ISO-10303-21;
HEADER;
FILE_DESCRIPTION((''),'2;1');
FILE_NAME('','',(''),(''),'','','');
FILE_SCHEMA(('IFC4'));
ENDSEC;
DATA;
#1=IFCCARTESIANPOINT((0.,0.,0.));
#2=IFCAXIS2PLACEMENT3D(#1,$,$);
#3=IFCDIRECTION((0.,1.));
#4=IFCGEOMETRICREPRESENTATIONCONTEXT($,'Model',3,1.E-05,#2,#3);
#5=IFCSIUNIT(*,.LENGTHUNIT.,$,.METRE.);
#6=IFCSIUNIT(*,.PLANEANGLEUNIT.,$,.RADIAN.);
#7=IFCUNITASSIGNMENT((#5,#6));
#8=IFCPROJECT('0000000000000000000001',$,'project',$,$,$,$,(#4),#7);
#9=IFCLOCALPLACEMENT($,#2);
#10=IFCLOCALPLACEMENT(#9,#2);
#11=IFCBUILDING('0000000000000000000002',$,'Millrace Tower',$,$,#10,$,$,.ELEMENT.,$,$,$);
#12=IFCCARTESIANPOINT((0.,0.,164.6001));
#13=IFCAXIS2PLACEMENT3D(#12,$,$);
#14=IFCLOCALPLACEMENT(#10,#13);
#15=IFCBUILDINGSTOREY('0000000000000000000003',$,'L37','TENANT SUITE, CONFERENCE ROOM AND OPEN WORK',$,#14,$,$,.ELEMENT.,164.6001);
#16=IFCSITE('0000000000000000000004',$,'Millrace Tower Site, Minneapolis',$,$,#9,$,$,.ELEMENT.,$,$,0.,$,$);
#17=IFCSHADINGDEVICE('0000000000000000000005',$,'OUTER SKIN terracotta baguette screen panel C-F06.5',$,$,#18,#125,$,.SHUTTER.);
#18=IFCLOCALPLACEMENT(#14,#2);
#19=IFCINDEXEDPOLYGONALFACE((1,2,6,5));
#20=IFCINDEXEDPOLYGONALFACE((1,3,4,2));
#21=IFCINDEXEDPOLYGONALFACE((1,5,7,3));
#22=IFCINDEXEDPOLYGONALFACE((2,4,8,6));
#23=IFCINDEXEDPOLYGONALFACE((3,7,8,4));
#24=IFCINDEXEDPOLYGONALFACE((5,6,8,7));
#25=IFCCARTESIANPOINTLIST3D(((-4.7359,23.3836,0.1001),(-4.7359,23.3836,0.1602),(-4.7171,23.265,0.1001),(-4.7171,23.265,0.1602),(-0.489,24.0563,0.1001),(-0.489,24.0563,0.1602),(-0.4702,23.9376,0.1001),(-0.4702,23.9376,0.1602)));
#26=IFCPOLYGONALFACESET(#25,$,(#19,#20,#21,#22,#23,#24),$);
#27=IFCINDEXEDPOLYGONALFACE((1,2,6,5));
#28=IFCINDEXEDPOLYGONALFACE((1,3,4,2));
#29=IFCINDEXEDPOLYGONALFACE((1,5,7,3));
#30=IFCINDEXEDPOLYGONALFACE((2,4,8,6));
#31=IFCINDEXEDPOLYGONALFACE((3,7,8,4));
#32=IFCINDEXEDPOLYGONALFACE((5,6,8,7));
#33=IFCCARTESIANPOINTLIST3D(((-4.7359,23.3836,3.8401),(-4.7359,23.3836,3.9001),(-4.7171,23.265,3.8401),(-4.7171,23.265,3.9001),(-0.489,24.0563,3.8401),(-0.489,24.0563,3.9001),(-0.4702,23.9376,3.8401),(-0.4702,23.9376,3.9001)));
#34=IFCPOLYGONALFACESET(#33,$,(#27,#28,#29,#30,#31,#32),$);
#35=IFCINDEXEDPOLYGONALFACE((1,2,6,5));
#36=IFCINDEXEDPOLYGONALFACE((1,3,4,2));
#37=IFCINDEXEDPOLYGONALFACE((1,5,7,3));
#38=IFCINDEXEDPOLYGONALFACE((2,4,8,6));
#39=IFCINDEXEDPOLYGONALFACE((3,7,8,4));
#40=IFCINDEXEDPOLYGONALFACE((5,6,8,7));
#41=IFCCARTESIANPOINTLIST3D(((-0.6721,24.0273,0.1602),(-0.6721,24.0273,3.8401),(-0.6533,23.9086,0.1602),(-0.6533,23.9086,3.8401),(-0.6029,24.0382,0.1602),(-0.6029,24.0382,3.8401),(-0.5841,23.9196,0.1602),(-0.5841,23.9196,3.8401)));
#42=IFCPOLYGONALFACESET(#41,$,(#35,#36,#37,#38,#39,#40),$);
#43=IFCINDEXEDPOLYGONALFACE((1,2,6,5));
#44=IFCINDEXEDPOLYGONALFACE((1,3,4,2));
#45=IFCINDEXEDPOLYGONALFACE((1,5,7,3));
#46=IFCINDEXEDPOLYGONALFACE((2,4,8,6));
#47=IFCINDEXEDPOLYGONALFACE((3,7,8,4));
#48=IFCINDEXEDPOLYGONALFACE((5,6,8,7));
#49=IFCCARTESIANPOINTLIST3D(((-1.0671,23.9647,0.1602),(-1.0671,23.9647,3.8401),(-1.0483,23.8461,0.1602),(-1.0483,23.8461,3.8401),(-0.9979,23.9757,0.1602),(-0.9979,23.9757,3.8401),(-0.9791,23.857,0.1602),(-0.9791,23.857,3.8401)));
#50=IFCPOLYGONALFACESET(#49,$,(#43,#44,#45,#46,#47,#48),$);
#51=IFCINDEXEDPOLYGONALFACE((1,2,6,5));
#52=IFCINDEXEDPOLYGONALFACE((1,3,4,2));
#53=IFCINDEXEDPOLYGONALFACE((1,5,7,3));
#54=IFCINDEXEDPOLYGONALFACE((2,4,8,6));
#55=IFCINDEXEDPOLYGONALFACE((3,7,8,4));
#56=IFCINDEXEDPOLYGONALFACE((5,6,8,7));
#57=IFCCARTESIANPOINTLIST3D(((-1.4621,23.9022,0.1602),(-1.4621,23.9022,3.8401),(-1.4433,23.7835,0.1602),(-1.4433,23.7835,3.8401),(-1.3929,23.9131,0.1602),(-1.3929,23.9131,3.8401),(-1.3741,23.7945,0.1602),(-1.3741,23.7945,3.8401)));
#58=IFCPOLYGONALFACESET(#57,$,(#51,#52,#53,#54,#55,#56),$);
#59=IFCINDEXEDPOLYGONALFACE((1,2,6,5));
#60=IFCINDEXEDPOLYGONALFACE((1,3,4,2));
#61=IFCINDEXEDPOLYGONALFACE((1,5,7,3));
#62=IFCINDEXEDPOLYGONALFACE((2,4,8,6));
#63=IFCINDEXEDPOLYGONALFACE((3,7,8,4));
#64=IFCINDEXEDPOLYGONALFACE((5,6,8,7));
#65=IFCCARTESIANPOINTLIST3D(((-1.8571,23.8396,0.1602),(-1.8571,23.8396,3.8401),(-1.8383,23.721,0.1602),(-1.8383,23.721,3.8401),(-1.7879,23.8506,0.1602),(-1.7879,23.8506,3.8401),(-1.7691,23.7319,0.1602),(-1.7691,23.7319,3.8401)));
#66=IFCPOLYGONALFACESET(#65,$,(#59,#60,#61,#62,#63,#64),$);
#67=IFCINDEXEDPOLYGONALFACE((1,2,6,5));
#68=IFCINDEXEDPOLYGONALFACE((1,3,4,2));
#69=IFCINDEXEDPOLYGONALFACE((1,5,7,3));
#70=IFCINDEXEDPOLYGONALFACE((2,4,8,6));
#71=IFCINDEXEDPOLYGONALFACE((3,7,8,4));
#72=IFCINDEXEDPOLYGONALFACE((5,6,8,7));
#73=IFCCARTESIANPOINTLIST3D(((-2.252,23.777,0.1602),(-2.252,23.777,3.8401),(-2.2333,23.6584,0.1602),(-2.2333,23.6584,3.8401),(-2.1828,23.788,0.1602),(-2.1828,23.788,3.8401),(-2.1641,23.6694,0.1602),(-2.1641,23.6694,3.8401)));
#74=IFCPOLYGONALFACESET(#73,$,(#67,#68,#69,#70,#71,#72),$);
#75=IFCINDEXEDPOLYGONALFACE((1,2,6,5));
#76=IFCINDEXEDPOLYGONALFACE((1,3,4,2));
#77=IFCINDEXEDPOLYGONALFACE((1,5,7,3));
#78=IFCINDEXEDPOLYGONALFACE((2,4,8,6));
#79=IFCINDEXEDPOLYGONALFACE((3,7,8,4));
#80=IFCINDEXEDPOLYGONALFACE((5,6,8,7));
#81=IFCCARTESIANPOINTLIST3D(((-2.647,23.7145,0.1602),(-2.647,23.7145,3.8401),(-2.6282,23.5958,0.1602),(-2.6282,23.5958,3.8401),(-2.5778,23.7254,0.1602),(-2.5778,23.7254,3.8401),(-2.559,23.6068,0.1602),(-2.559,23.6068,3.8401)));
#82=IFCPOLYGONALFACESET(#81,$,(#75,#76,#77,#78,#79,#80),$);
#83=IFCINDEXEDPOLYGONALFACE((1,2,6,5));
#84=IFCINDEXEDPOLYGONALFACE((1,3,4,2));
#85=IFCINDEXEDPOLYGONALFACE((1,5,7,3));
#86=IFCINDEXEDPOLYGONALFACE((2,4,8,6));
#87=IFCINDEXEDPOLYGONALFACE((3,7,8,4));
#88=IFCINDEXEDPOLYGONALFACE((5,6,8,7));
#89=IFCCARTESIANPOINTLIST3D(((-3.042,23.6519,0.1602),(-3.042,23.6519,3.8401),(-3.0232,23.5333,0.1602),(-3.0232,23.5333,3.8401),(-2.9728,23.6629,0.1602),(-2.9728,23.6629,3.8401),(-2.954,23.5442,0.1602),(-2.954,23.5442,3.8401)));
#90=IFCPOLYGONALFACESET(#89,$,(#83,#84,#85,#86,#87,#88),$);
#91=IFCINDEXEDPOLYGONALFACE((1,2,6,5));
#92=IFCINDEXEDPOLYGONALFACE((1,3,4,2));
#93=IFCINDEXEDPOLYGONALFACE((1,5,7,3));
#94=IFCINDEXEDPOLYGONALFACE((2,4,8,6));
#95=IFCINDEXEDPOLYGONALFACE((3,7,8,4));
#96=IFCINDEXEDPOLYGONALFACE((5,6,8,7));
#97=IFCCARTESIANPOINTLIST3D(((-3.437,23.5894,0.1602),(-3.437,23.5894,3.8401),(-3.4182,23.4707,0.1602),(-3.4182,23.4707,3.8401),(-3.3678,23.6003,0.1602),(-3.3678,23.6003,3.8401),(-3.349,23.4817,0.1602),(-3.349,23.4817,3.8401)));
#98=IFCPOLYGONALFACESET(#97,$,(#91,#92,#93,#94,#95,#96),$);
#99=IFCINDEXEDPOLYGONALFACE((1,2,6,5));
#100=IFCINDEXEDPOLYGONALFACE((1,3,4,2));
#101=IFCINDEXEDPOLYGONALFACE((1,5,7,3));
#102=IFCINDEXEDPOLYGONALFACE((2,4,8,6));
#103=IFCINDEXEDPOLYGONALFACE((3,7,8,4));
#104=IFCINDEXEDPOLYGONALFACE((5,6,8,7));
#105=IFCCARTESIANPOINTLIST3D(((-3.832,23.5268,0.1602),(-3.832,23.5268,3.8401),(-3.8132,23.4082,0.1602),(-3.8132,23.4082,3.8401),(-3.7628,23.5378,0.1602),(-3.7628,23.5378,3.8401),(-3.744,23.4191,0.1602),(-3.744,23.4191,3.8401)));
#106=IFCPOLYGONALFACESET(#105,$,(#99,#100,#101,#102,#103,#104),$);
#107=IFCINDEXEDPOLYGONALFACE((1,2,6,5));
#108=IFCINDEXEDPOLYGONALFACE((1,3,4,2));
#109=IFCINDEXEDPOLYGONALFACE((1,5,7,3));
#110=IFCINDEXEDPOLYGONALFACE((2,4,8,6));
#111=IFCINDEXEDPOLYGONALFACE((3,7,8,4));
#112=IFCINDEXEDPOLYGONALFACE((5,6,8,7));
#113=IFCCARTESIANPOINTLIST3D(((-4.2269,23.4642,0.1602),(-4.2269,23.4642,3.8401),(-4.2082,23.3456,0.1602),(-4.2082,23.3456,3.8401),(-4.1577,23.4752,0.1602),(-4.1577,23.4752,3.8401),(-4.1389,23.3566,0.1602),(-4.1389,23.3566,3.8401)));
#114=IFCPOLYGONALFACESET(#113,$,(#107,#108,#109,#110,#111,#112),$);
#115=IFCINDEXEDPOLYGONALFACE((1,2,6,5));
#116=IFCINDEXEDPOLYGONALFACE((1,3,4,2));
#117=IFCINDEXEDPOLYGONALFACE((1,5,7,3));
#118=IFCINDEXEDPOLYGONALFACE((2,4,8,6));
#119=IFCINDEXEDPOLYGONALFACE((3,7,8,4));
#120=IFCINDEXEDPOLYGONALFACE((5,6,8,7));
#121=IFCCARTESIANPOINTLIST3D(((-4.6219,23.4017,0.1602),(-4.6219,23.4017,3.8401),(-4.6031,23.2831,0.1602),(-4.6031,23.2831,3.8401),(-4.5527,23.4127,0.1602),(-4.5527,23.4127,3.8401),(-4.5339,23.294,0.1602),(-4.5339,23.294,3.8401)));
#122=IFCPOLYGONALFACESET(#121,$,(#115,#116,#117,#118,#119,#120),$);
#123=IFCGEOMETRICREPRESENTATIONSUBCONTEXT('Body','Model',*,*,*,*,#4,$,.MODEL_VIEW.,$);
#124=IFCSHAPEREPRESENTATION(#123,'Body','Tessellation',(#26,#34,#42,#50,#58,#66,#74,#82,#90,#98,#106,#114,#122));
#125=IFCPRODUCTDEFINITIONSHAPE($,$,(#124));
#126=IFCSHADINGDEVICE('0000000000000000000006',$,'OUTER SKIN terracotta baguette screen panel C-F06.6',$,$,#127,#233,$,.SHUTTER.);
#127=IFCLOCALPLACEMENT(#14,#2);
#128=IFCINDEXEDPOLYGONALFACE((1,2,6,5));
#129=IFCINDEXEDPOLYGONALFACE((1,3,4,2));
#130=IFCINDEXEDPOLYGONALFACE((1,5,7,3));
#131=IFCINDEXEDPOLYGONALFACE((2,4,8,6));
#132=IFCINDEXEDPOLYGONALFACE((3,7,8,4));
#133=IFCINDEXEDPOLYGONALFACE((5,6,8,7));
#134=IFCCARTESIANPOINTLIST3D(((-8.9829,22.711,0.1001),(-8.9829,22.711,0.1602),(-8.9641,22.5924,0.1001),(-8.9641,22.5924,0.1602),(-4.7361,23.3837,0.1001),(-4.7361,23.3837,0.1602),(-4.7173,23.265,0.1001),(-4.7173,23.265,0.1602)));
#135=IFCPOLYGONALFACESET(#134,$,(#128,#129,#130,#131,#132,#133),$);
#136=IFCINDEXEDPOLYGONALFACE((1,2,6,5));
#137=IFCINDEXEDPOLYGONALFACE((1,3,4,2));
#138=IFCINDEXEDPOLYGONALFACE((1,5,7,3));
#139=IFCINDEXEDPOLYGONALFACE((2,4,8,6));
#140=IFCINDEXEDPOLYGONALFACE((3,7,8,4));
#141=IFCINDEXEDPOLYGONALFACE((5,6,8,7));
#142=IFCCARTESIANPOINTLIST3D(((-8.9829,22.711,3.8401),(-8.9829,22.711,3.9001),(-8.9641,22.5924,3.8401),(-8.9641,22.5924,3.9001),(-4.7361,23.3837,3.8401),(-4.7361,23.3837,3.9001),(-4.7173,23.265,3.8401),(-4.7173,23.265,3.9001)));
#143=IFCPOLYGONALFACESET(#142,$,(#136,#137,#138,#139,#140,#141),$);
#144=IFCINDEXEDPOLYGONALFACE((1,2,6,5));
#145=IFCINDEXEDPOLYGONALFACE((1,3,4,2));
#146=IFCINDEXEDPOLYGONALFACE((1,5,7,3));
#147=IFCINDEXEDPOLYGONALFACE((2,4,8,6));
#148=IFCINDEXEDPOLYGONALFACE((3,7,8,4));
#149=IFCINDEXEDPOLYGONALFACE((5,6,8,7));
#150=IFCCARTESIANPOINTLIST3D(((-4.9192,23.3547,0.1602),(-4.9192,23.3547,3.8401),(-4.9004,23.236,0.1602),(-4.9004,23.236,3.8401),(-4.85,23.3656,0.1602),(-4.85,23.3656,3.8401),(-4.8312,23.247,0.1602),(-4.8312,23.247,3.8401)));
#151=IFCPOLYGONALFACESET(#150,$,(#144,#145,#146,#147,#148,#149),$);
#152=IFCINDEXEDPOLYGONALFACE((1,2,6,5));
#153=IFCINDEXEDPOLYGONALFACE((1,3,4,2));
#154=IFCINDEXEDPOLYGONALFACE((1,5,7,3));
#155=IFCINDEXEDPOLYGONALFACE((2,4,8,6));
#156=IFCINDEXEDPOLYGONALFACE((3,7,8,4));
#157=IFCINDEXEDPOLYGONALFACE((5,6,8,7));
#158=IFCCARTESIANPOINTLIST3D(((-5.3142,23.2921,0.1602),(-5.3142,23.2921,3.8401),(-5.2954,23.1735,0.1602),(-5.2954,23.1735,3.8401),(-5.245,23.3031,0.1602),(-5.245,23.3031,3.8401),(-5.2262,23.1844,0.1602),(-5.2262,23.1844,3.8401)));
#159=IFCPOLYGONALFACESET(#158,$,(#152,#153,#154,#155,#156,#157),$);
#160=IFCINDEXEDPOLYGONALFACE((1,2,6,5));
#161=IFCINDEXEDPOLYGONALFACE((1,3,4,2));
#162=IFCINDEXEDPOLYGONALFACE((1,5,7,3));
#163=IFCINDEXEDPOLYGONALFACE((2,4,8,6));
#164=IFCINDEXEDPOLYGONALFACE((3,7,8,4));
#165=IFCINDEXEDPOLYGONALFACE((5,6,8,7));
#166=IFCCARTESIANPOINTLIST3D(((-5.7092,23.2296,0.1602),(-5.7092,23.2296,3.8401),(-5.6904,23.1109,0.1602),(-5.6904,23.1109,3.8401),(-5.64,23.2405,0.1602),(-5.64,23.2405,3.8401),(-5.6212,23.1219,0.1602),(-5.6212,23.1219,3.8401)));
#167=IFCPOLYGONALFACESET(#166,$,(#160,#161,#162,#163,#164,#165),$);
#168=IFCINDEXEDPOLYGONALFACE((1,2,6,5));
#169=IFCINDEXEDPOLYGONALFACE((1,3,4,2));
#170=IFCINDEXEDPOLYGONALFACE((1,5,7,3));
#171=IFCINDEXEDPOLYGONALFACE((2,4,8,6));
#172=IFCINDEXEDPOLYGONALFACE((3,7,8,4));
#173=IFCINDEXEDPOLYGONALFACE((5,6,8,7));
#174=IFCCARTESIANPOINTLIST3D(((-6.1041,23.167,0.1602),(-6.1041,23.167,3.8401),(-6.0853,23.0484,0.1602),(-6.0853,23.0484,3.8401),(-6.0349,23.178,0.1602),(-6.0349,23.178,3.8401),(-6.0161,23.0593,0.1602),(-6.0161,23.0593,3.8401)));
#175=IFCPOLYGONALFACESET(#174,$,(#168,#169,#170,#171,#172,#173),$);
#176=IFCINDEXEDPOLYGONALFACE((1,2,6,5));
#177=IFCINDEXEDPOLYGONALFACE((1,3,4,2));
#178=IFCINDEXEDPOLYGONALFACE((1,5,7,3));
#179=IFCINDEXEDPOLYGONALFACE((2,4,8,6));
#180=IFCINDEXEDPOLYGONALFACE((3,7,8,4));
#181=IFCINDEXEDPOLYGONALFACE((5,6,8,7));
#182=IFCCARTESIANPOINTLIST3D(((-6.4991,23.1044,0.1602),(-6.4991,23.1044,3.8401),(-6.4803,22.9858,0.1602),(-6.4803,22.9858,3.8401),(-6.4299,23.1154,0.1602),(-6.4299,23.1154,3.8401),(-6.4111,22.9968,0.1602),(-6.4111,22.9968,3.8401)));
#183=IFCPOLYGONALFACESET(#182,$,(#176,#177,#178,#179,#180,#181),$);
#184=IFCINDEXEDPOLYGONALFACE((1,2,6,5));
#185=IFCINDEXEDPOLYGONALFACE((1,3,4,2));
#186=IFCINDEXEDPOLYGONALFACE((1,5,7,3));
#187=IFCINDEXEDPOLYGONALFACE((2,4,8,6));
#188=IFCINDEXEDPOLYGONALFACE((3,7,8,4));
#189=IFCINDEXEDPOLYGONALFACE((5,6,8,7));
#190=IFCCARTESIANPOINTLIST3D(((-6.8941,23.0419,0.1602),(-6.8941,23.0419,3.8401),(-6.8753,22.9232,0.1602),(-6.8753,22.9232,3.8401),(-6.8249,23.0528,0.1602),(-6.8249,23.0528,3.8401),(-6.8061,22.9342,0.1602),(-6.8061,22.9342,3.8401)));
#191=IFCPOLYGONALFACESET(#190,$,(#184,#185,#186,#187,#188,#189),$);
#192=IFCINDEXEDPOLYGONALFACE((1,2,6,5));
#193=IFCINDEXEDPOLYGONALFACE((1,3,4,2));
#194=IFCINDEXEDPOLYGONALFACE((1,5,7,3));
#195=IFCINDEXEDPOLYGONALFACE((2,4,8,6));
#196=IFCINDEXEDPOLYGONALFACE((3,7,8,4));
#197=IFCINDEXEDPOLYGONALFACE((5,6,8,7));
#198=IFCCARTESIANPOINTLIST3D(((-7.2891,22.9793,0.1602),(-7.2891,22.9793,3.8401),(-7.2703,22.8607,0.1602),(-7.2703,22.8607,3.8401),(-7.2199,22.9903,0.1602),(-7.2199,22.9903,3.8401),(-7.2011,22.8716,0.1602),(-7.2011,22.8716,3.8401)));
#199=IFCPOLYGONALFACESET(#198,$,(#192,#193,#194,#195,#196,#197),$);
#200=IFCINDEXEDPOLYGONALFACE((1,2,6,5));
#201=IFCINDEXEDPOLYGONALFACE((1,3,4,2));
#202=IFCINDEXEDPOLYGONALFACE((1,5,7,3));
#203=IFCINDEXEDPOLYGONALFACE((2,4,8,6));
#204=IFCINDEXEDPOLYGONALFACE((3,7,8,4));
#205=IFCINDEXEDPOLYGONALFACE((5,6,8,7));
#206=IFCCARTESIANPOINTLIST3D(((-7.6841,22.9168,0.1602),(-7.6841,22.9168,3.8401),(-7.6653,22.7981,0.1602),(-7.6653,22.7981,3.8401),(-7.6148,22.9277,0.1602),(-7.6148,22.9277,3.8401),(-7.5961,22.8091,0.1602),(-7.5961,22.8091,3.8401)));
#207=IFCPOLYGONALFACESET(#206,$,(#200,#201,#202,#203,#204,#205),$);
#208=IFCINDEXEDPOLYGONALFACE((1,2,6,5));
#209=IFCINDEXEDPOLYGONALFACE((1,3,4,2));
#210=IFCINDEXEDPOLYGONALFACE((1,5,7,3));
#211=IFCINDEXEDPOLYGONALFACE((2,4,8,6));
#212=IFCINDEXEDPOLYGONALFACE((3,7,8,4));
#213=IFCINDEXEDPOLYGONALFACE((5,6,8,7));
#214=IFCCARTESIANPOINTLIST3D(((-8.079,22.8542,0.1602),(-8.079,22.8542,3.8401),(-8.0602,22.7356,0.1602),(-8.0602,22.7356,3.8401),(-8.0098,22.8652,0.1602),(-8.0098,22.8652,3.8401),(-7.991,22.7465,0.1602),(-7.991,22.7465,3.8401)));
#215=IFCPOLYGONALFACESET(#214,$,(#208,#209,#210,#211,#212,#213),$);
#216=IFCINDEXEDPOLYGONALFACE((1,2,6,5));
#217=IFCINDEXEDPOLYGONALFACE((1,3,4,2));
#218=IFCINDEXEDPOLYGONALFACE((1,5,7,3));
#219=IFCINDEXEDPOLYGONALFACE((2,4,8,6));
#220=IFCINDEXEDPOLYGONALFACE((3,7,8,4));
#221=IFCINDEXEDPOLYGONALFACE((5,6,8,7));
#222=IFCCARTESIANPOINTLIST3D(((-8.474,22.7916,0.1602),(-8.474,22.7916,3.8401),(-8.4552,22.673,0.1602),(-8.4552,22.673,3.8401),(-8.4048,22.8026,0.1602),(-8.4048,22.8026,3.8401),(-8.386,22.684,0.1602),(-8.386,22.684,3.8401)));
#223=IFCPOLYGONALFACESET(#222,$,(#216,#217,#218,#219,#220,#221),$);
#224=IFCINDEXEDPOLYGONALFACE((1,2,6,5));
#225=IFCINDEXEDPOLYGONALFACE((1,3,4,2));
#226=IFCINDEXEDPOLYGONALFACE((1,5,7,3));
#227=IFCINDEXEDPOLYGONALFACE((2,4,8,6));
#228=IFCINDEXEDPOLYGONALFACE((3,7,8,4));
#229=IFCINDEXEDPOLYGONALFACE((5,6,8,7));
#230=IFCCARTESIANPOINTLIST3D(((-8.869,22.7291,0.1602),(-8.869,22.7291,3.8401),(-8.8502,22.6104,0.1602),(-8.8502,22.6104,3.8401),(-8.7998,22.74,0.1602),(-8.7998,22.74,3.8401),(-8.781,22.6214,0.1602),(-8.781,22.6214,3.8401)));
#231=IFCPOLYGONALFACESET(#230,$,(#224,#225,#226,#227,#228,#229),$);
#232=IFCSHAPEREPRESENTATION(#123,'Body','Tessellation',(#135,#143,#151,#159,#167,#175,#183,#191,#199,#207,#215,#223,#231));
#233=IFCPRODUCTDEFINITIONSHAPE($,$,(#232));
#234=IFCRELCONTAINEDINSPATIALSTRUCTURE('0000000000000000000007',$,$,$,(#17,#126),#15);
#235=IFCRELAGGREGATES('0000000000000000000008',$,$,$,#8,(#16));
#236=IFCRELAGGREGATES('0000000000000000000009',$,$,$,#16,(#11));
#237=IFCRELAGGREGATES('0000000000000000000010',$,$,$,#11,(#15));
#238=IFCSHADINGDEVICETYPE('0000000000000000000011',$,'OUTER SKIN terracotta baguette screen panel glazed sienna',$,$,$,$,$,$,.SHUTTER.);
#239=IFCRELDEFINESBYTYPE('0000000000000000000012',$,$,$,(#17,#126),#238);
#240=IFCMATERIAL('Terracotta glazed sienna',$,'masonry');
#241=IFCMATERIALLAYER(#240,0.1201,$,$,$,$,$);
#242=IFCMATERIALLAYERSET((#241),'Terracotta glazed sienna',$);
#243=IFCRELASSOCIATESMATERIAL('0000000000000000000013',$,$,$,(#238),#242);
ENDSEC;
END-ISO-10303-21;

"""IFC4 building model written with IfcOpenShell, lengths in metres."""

from ifc_helpers import new_model, entity, si_unit, direction, frame, frame_2d, origin, origin_2d, place, context, subcontext, project, spatial, rectangle, extrude, source, transform, mapped, material, layer, layer_set, type_object, element, save


model = new_model("IFC4")

# Units and contexts
model_context = context("Model", 3, precision=1e-05, world=origin(), true_north=direction((0.0, 1.0)))
body_context = subcontext(model_context, "Body", "Model", "MODEL_VIEW")
ifc_project = project(units=[si_unit("LENGTHUNIT", "METRE"), si_unit("PLANEANGLEUNIT", "RADIAN")], contexts=[model_context])

# Site, building, storey
site_placement = place(None, origin())
site = spatial("IfcSite", under=ifc_project, at=site_placement, Name="Millrace Tower Site, Minneapolis", CompositionType="ELEMENT", RefElevation=0.0)
building_placement = place(site_placement, origin())
building = spatial("IfcBuilding", under=site, at=building_placement, Name="Millrace Tower", CompositionType="ELEMENT")
storey_placement = place(building_placement, frame((0.0, 0.0, 164.6001)))
storey = spatial("IfcBuildingStorey", under=building, at=storey_placement, Name="L37", Description="TENANT SUITE, CONFERENCE ROOM AND OPEN WORK", CompositionType="ELEMENT", Elevation=164.6001)

# Shading devices
ifc_material_1 = material(Name="Terracotta glazed sienna", Category="masonry")
ifc_layer_1 = layer(ifc_material_1, 0.1201)
ifc_layer_set_1 = layer_set([ifc_layer_1], Name="Terracotta glazed sienna")
shading_device_type = type_object("IfcShadingDeviceType", Name="OUTER SKIN terracotta baguette screen panel glazed sienna", PredefinedType="SHUTTER", material=ifc_layer_set_1)
cartesian_point = entity("IfcCartesianPoint", [-2.1499, 0.0601])
shared_polyline = entity("IfcPolyline", [cartesian_point, entity("IfcCartesianPoint", [2.1499, 0.0601]), entity("IfcCartesianPoint", [2.1499, -0.0601]), entity("IfcCartesianPoint", [-2.1499, -0.0601]), cartesian_point])
shared_shape = source(origin(), body_context, "Body", "SweptSolid", [
    entity("IfcExtrudedAreaSolid", entity("IfcArbitraryClosedProfileDef", "AREA", None, shared_polyline), entity("IfcAxis2Placement3D", entity("IfcCartesianPoint", [0.0, 0.0, 0.0])), entity("IfcDirection", [0.0, 0.0, 1.0]), 0.0601),
    entity("IfcExtrudedAreaSolid", entity("IfcArbitraryClosedProfileDef", "AREA", None, shared_polyline), entity("IfcAxis2Placement3D", entity("IfcCartesianPoint", [0.0, 0.0, 3.74])), entity("IfcDirection", [0.0, 0.0, 1.0]), 0.0601),
    extrude(rectangle(XDim=0.0701, YDim=0.1201, at=frame_2d((-1.9995, 0.0))), frame((0.0, 0.0, 0.0601)), (0.0, 0.0, 1.0), 3.6799),
    extrude(rectangle(XDim=0.0701, YDim=0.1201, at=frame_2d((-1.5996, 0.0))), frame((0.0, 0.0, 0.0601)), (0.0, 0.0, 1.0), 3.6799),
    extrude(rectangle(XDim=0.0701, YDim=0.1201, at=frame_2d((-1.1997, 0.0))), frame((0.0, 0.0, 0.0601)), (0.0, 0.0, 1.0), 3.6799),
    extrude(rectangle(XDim=0.0701, YDim=0.1201, at=frame_2d((-0.7998, 0.0))), frame((0.0, 0.0, 0.0601)), (0.0, 0.0, 1.0), 3.6799),
    extrude(rectangle(XDim=0.0701, YDim=0.1201, at=frame_2d((-0.3999, 0.0))), frame((0.0, 0.0, 0.0601)), (0.0, 0.0, 1.0), 3.6799),
    extrude(rectangle(XDim=0.0701, YDim=0.1201, at=origin_2d()), frame((0.0, 0.0, 0.0601)), (0.0, 0.0, 1.0), 3.6799),
    extrude(rectangle(XDim=0.0701, YDim=0.1201, at=frame_2d((0.3999, 0.0))), frame((0.0, 0.0, 0.0601)), (0.0, 0.0, 1.0), 3.6799),
    extrude(rectangle(XDim=0.0701, YDim=0.1201, at=frame_2d((0.7998, 0.0))), frame((0.0, 0.0, 0.0601)), (0.0, 0.0, 1.0), 3.6799),
    extrude(rectangle(XDim=0.0701, YDim=0.1201, at=frame_2d((1.1997, 0.0))), frame((0.0, 0.0, 0.0601)), (0.0, 0.0, 1.0), 3.6799),
    extrude(rectangle(XDim=0.0701, YDim=0.1201, at=frame_2d((1.5996, 0.0))), frame((0.0, 0.0, 0.0601)), (0.0, 0.0, 1.0), 3.6799),
    extrude(rectangle(XDim=0.0701, YDim=0.1201, at=frame_2d((1.9995, 0.0))), frame((0.0, 0.0, 0.0601)), (0.0, 0.0, 1.0), 3.6799),
])
for number, where, z_axis, x_axis, name in (
    (1, (-2.603, 23.6606, 0.1001), (0.0, 0.0, 1.0), (-0.987688, -0.156434, 0.0), "OUTER SKIN terracotta baguette screen panel C-F06.5"),
    (2, (-6.8501, 22.988, 0.1001), (0.0, 0.0, 1.0), (-0.987688, -0.156434, 0.0), "OUTER SKIN terracotta baguette screen panel C-F06.6"),
):
    element("IfcShadingDevice", number, at=place(storey_placement, frame(where, z_axis=z_axis, x_axis=x_axis)), inside=storey, type_object=shading_device_type, Name=name, PredefinedType="SHUTTER", context=body_context, shape_type="MappedRepresentation", body=[
        mapped(shared_shape, transform((0.0, 0.0, 0.0), scale=1.0)),
    ])

save(model, "model.ifc")
